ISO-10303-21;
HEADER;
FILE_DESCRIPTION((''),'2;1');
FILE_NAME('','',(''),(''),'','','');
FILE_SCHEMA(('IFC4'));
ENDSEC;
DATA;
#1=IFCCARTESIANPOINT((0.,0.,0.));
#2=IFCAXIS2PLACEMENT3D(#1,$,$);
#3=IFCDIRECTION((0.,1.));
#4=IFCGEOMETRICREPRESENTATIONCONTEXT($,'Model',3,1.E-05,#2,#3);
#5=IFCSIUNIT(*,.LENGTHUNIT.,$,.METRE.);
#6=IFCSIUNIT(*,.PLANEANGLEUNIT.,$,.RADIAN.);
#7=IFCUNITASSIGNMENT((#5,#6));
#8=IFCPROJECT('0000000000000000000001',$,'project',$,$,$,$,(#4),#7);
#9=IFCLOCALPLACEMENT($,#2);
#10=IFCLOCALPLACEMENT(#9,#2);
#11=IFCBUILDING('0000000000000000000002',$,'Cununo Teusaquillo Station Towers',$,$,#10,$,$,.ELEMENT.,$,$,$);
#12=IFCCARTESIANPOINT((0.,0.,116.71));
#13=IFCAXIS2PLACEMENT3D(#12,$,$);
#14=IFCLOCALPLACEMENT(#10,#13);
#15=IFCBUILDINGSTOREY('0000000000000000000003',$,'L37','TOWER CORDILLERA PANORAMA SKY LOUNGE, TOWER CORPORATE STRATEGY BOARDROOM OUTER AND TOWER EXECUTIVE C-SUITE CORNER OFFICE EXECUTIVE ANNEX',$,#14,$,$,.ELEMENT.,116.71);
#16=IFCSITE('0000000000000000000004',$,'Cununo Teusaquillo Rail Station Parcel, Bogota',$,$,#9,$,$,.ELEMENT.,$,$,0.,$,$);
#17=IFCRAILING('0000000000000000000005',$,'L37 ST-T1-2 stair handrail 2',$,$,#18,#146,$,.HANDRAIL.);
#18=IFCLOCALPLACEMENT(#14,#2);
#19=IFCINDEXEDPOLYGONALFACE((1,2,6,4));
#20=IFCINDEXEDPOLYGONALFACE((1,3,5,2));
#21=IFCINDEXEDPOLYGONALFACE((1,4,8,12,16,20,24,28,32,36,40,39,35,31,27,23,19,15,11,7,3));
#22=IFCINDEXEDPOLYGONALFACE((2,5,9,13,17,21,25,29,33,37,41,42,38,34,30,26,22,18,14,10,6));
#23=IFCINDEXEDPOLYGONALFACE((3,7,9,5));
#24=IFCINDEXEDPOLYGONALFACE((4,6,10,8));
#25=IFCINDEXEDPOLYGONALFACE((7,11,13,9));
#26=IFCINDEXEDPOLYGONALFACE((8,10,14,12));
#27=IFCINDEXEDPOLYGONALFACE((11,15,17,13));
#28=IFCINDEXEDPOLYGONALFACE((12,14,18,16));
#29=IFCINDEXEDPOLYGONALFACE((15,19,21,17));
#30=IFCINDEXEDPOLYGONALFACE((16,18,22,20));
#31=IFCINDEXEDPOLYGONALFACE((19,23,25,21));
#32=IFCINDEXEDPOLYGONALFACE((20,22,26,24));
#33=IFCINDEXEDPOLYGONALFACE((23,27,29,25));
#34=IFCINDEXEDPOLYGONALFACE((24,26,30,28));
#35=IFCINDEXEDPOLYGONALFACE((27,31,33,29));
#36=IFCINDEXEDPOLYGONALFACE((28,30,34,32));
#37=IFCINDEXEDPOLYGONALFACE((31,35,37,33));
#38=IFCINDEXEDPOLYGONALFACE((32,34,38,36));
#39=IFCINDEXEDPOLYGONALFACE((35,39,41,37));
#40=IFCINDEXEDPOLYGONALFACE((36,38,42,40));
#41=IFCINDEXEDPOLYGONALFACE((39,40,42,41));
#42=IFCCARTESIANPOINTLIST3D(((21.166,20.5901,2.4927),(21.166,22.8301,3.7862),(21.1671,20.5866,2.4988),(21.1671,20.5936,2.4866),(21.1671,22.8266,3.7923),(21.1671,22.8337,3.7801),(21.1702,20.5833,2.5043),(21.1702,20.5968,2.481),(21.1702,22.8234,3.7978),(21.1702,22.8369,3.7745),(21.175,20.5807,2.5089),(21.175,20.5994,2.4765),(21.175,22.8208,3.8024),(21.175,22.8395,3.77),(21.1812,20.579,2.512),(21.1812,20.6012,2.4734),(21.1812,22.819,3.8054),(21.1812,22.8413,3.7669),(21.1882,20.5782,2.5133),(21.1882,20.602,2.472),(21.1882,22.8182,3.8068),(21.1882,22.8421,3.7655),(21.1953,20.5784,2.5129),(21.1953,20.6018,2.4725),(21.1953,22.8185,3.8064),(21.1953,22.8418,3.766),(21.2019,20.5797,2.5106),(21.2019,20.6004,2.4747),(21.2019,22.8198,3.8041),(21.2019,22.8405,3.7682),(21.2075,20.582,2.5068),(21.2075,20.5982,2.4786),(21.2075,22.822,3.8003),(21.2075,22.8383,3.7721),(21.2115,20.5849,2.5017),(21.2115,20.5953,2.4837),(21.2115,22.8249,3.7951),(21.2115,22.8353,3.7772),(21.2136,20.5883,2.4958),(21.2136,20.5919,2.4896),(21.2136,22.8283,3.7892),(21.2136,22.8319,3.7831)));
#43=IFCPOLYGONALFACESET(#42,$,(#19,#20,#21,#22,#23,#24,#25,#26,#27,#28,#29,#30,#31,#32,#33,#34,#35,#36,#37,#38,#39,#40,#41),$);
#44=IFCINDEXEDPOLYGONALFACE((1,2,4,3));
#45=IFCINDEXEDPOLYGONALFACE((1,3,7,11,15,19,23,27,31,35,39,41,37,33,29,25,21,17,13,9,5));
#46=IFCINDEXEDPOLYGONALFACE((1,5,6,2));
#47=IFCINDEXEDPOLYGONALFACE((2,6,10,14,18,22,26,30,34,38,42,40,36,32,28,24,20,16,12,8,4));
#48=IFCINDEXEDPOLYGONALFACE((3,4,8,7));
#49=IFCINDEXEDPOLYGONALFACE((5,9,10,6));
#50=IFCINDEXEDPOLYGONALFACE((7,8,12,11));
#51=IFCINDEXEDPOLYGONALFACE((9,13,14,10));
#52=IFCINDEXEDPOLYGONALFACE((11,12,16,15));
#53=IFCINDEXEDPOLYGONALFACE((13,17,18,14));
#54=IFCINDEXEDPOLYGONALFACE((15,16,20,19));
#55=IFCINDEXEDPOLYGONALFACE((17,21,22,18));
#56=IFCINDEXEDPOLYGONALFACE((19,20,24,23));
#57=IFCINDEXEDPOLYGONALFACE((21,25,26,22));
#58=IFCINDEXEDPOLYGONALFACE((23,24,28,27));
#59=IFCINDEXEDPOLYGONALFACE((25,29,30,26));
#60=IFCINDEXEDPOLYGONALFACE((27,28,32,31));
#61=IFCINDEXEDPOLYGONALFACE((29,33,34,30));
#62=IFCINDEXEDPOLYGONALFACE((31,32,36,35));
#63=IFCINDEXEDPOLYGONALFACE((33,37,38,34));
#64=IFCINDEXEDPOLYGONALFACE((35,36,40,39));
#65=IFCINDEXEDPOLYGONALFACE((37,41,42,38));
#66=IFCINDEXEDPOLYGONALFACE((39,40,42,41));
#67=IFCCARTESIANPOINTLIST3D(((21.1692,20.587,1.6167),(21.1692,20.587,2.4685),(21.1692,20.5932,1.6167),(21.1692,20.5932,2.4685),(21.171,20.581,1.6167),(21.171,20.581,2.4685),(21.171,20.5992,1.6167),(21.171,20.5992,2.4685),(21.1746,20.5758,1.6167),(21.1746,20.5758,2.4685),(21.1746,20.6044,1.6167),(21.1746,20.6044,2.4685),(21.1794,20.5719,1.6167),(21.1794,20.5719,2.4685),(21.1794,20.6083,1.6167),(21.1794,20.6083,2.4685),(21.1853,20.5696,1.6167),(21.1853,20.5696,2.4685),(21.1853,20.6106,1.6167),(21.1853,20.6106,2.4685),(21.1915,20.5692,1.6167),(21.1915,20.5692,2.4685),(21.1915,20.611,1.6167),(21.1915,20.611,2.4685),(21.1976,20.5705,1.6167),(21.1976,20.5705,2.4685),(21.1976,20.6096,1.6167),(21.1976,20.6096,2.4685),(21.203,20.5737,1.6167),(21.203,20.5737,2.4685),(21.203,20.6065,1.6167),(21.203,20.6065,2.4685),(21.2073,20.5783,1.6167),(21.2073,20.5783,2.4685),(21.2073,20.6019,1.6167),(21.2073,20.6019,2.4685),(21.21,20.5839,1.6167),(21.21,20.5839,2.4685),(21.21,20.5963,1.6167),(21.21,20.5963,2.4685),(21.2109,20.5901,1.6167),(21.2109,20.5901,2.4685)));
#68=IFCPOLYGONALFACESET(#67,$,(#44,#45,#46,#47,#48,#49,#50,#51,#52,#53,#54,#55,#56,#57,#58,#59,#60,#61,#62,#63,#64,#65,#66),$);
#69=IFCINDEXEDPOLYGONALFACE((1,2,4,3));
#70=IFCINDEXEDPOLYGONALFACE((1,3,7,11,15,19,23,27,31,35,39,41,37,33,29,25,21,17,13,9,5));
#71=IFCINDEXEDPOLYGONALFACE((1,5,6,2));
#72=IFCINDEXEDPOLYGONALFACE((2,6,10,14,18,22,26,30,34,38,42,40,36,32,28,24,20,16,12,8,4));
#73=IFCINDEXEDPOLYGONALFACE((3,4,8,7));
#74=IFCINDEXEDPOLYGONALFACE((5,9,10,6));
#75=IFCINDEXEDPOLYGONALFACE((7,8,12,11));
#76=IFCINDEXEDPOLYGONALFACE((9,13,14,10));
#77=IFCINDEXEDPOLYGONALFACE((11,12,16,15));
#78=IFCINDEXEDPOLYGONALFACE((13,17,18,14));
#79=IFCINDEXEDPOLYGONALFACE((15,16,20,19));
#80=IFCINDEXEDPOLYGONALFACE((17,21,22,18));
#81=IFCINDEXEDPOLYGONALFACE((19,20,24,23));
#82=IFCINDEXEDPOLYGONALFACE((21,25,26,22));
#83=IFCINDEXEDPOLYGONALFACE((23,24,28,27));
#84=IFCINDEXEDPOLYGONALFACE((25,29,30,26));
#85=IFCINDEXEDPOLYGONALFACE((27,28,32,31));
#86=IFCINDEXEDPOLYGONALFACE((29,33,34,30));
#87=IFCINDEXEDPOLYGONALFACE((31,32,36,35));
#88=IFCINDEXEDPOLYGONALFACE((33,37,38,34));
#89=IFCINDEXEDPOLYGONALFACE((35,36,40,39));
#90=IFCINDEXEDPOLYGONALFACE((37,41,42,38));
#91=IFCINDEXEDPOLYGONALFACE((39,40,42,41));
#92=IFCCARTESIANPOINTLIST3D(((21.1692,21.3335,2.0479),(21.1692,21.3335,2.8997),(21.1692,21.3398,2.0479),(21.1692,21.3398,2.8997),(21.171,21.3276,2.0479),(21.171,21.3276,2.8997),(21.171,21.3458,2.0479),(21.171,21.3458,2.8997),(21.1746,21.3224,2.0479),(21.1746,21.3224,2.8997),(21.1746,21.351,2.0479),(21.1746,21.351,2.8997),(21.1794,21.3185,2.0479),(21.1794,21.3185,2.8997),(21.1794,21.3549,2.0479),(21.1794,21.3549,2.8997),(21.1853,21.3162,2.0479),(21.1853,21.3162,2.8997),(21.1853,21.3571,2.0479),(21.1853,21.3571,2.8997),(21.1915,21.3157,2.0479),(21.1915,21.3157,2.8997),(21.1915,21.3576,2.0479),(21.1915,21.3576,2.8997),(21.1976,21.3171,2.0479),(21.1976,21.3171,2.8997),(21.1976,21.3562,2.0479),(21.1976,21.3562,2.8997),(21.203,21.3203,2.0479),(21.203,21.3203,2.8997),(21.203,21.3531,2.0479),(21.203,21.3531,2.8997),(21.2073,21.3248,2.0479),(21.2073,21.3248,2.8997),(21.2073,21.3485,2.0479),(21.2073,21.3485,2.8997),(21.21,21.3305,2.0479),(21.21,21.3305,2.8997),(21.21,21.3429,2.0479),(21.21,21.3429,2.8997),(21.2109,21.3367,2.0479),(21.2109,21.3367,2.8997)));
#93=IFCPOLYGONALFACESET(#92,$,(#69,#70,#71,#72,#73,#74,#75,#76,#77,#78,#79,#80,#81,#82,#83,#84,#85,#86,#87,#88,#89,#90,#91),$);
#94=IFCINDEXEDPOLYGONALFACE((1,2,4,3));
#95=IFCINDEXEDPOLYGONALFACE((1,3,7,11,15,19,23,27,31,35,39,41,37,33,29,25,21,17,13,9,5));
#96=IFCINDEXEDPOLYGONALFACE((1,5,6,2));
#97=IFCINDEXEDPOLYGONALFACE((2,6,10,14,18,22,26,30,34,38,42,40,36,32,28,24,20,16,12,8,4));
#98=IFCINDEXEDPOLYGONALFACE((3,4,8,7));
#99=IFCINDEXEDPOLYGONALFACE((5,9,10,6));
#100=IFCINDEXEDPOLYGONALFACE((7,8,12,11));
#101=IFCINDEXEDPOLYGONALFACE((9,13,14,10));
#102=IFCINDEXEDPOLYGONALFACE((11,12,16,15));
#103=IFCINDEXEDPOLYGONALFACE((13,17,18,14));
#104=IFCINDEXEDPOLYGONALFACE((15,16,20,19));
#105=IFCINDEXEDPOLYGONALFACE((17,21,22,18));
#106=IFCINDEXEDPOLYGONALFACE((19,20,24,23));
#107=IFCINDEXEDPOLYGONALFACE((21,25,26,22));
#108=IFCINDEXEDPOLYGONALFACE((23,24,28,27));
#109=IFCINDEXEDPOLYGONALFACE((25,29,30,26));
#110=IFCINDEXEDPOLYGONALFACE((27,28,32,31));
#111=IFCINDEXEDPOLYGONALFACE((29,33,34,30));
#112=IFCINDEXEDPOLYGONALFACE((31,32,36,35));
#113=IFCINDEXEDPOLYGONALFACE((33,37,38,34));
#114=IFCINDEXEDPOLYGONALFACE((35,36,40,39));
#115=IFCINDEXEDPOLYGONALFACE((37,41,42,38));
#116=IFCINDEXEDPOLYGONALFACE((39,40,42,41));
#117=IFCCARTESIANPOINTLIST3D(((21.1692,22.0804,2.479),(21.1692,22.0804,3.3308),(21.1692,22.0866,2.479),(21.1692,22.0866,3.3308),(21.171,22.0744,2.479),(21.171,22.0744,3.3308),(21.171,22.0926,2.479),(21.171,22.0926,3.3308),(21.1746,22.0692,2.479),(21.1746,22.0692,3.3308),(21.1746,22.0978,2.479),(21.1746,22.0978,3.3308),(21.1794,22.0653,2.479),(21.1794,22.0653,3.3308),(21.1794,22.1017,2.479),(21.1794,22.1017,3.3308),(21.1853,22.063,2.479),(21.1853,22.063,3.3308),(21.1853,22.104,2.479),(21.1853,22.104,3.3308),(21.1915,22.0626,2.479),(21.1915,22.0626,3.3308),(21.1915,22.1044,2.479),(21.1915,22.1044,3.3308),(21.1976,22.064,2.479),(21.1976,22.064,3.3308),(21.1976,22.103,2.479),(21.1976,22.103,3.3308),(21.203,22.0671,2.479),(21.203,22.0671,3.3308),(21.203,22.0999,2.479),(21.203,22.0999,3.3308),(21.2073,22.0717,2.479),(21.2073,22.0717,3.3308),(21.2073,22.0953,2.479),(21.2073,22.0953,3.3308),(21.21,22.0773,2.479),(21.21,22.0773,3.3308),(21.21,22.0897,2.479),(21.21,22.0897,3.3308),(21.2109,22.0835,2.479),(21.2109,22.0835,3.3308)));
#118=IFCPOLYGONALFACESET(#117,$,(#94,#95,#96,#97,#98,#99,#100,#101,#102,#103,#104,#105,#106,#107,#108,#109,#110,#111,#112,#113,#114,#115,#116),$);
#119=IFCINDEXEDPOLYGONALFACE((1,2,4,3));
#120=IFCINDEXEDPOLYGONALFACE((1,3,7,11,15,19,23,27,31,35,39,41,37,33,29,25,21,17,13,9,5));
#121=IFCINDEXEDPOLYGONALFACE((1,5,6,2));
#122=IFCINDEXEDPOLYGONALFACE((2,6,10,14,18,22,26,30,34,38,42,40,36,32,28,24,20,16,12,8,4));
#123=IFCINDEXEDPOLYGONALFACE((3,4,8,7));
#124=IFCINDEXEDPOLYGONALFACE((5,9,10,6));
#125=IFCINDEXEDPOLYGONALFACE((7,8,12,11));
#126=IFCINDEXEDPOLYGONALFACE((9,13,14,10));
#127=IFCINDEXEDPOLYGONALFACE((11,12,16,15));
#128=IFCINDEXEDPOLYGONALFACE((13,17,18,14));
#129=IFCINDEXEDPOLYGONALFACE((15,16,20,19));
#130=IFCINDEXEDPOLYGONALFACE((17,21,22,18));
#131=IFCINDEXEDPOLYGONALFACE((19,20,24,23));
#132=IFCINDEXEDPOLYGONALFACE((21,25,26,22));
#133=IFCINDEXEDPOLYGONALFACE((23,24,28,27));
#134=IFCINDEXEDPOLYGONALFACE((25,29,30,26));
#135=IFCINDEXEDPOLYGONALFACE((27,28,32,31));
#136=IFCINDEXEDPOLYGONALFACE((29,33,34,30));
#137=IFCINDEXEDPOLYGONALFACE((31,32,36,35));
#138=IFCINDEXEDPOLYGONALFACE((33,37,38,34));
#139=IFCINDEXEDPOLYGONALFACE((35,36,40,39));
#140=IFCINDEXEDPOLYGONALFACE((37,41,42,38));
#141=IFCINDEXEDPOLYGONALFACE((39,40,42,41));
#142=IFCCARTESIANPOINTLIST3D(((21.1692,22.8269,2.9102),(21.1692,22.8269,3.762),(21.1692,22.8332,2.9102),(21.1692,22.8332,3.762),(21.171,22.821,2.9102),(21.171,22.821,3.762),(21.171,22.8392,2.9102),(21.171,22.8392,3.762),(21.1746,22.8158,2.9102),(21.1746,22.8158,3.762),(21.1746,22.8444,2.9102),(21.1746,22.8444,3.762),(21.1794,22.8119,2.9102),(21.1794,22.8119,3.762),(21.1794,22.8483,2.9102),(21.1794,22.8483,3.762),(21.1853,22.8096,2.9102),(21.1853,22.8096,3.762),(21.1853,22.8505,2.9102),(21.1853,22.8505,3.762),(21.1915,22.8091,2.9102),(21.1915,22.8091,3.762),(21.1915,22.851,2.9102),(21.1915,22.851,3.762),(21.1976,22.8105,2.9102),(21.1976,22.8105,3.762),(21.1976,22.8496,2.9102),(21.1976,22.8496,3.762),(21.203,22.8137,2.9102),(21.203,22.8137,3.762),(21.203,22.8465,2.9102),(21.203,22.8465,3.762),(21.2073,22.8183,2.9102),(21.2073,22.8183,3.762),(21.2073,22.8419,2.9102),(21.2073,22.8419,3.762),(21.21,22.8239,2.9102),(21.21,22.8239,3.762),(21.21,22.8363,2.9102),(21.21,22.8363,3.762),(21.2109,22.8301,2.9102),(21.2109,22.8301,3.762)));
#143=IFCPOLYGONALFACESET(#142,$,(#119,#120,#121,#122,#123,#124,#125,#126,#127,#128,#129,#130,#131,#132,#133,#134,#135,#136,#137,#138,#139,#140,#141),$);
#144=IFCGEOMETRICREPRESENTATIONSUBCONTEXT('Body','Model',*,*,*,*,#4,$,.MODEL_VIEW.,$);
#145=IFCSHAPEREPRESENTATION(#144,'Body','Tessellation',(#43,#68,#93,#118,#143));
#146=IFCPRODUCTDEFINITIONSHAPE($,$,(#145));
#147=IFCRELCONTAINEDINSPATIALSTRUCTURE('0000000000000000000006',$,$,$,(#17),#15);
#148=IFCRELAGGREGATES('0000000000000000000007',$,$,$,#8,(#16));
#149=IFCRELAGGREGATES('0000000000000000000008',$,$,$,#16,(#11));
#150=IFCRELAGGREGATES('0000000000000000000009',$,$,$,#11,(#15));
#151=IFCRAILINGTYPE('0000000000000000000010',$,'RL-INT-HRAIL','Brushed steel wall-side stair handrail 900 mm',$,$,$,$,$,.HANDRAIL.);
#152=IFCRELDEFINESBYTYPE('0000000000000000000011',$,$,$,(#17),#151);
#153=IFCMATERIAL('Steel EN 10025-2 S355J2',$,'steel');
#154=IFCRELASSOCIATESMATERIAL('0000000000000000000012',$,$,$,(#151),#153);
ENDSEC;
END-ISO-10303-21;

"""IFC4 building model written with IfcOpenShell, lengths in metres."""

from ifc_helpers import new_model, si_unit, direction, frame, origin, origin_2d, place, context, subcontext, project, spatial, circle, extrude, material, type_object, element, save


model = new_model("IFC4")

# Units and contexts
model_context = context("Model", 3, precision=1e-05, world=origin(), true_north=direction((0.0, 1.0)))
body_context = subcontext(model_context, "Body", "Model", "MODEL_VIEW")
ifc_project = project(units=[si_unit("LENGTHUNIT", "METRE"), si_unit("PLANEANGLEUNIT", "RADIAN")], contexts=[model_context])

# Site, building, storey
site_placement = place(None, origin())
site = spatial("IfcSite", under=ifc_project, at=site_placement, Name="Cununo Teusaquillo Rail Station Parcel, Bogota", CompositionType="ELEMENT", RefElevation=0.0)
building_placement = place(site_placement, origin())
building = spatial("IfcBuilding", under=site, at=building_placement, Name="Cununo Teusaquillo Station Towers", CompositionType="ELEMENT")
storey_placement = place(building_placement, frame((0.0, 0.0, 116.71)))
storey = spatial("IfcBuildingStorey", under=building, at=storey_placement, Name="L37", Description="TOWER CORDILLERA PANORAMA SKY LOUNGE, TOWER CORPORATE STRATEGY BOARDROOM OUTER AND TOWER EXECUTIVE C-SUITE CORNER OFFICE EXECUTIVE ANNEX", CompositionType="ELEMENT", Elevation=116.71)

# Railing
ifc_material_1 = material(Name="Steel EN 10025-2 S355J2", Category="steel")
railing_type_1 = type_object("IfcRailingType", Name="RL-INT-HRAIL", Description="Brushed steel wall-side stair handrail 900 mm", PredefinedType="HANDRAIL", material=ifc_material_1)
railing_1_placement = place(storey_placement, frame((21.1899, 20.5901, 1.6167)))
element("IfcRailing", 1, at=railing_1_placement, inside=storey, type_object=railing_type_1, Name="L37 ST-T1-2 stair handrail 2", PredefinedType="HANDRAIL", context=body_context, shape_type="SweptSolid", body=[
    extrude(circle(Radius=0.0239, at=origin_2d()), frame((0.0, 0.0, 0.876), z_axis=(0.0, 0.865992, 0.500057), x_axis=(-1.0, 0.0, 0.0)), (0.0, 0.0, 1.0), 2.5867),
    extrude(circle(Radius=0.021, at=origin_2d()), origin(), (0.0, 0.0, 1.0), 0.8518),
    extrude(circle(Radius=0.021, at=origin_2d()), frame((0.0, 0.7466, 0.4312)), (0.0, 0.0, 1.0), 0.8518),
    extrude(circle(Radius=0.021, at=origin_2d()), frame((0.0, 1.4934, 0.8623)), (0.0, 0.0, 1.0), 0.8518),
    extrude(circle(Radius=0.021, at=origin_2d()), frame((0.0, 2.24, 1.2935)), (0.0, 0.0, 1.0), 0.8518),
])

save(model, "model.ifc")
